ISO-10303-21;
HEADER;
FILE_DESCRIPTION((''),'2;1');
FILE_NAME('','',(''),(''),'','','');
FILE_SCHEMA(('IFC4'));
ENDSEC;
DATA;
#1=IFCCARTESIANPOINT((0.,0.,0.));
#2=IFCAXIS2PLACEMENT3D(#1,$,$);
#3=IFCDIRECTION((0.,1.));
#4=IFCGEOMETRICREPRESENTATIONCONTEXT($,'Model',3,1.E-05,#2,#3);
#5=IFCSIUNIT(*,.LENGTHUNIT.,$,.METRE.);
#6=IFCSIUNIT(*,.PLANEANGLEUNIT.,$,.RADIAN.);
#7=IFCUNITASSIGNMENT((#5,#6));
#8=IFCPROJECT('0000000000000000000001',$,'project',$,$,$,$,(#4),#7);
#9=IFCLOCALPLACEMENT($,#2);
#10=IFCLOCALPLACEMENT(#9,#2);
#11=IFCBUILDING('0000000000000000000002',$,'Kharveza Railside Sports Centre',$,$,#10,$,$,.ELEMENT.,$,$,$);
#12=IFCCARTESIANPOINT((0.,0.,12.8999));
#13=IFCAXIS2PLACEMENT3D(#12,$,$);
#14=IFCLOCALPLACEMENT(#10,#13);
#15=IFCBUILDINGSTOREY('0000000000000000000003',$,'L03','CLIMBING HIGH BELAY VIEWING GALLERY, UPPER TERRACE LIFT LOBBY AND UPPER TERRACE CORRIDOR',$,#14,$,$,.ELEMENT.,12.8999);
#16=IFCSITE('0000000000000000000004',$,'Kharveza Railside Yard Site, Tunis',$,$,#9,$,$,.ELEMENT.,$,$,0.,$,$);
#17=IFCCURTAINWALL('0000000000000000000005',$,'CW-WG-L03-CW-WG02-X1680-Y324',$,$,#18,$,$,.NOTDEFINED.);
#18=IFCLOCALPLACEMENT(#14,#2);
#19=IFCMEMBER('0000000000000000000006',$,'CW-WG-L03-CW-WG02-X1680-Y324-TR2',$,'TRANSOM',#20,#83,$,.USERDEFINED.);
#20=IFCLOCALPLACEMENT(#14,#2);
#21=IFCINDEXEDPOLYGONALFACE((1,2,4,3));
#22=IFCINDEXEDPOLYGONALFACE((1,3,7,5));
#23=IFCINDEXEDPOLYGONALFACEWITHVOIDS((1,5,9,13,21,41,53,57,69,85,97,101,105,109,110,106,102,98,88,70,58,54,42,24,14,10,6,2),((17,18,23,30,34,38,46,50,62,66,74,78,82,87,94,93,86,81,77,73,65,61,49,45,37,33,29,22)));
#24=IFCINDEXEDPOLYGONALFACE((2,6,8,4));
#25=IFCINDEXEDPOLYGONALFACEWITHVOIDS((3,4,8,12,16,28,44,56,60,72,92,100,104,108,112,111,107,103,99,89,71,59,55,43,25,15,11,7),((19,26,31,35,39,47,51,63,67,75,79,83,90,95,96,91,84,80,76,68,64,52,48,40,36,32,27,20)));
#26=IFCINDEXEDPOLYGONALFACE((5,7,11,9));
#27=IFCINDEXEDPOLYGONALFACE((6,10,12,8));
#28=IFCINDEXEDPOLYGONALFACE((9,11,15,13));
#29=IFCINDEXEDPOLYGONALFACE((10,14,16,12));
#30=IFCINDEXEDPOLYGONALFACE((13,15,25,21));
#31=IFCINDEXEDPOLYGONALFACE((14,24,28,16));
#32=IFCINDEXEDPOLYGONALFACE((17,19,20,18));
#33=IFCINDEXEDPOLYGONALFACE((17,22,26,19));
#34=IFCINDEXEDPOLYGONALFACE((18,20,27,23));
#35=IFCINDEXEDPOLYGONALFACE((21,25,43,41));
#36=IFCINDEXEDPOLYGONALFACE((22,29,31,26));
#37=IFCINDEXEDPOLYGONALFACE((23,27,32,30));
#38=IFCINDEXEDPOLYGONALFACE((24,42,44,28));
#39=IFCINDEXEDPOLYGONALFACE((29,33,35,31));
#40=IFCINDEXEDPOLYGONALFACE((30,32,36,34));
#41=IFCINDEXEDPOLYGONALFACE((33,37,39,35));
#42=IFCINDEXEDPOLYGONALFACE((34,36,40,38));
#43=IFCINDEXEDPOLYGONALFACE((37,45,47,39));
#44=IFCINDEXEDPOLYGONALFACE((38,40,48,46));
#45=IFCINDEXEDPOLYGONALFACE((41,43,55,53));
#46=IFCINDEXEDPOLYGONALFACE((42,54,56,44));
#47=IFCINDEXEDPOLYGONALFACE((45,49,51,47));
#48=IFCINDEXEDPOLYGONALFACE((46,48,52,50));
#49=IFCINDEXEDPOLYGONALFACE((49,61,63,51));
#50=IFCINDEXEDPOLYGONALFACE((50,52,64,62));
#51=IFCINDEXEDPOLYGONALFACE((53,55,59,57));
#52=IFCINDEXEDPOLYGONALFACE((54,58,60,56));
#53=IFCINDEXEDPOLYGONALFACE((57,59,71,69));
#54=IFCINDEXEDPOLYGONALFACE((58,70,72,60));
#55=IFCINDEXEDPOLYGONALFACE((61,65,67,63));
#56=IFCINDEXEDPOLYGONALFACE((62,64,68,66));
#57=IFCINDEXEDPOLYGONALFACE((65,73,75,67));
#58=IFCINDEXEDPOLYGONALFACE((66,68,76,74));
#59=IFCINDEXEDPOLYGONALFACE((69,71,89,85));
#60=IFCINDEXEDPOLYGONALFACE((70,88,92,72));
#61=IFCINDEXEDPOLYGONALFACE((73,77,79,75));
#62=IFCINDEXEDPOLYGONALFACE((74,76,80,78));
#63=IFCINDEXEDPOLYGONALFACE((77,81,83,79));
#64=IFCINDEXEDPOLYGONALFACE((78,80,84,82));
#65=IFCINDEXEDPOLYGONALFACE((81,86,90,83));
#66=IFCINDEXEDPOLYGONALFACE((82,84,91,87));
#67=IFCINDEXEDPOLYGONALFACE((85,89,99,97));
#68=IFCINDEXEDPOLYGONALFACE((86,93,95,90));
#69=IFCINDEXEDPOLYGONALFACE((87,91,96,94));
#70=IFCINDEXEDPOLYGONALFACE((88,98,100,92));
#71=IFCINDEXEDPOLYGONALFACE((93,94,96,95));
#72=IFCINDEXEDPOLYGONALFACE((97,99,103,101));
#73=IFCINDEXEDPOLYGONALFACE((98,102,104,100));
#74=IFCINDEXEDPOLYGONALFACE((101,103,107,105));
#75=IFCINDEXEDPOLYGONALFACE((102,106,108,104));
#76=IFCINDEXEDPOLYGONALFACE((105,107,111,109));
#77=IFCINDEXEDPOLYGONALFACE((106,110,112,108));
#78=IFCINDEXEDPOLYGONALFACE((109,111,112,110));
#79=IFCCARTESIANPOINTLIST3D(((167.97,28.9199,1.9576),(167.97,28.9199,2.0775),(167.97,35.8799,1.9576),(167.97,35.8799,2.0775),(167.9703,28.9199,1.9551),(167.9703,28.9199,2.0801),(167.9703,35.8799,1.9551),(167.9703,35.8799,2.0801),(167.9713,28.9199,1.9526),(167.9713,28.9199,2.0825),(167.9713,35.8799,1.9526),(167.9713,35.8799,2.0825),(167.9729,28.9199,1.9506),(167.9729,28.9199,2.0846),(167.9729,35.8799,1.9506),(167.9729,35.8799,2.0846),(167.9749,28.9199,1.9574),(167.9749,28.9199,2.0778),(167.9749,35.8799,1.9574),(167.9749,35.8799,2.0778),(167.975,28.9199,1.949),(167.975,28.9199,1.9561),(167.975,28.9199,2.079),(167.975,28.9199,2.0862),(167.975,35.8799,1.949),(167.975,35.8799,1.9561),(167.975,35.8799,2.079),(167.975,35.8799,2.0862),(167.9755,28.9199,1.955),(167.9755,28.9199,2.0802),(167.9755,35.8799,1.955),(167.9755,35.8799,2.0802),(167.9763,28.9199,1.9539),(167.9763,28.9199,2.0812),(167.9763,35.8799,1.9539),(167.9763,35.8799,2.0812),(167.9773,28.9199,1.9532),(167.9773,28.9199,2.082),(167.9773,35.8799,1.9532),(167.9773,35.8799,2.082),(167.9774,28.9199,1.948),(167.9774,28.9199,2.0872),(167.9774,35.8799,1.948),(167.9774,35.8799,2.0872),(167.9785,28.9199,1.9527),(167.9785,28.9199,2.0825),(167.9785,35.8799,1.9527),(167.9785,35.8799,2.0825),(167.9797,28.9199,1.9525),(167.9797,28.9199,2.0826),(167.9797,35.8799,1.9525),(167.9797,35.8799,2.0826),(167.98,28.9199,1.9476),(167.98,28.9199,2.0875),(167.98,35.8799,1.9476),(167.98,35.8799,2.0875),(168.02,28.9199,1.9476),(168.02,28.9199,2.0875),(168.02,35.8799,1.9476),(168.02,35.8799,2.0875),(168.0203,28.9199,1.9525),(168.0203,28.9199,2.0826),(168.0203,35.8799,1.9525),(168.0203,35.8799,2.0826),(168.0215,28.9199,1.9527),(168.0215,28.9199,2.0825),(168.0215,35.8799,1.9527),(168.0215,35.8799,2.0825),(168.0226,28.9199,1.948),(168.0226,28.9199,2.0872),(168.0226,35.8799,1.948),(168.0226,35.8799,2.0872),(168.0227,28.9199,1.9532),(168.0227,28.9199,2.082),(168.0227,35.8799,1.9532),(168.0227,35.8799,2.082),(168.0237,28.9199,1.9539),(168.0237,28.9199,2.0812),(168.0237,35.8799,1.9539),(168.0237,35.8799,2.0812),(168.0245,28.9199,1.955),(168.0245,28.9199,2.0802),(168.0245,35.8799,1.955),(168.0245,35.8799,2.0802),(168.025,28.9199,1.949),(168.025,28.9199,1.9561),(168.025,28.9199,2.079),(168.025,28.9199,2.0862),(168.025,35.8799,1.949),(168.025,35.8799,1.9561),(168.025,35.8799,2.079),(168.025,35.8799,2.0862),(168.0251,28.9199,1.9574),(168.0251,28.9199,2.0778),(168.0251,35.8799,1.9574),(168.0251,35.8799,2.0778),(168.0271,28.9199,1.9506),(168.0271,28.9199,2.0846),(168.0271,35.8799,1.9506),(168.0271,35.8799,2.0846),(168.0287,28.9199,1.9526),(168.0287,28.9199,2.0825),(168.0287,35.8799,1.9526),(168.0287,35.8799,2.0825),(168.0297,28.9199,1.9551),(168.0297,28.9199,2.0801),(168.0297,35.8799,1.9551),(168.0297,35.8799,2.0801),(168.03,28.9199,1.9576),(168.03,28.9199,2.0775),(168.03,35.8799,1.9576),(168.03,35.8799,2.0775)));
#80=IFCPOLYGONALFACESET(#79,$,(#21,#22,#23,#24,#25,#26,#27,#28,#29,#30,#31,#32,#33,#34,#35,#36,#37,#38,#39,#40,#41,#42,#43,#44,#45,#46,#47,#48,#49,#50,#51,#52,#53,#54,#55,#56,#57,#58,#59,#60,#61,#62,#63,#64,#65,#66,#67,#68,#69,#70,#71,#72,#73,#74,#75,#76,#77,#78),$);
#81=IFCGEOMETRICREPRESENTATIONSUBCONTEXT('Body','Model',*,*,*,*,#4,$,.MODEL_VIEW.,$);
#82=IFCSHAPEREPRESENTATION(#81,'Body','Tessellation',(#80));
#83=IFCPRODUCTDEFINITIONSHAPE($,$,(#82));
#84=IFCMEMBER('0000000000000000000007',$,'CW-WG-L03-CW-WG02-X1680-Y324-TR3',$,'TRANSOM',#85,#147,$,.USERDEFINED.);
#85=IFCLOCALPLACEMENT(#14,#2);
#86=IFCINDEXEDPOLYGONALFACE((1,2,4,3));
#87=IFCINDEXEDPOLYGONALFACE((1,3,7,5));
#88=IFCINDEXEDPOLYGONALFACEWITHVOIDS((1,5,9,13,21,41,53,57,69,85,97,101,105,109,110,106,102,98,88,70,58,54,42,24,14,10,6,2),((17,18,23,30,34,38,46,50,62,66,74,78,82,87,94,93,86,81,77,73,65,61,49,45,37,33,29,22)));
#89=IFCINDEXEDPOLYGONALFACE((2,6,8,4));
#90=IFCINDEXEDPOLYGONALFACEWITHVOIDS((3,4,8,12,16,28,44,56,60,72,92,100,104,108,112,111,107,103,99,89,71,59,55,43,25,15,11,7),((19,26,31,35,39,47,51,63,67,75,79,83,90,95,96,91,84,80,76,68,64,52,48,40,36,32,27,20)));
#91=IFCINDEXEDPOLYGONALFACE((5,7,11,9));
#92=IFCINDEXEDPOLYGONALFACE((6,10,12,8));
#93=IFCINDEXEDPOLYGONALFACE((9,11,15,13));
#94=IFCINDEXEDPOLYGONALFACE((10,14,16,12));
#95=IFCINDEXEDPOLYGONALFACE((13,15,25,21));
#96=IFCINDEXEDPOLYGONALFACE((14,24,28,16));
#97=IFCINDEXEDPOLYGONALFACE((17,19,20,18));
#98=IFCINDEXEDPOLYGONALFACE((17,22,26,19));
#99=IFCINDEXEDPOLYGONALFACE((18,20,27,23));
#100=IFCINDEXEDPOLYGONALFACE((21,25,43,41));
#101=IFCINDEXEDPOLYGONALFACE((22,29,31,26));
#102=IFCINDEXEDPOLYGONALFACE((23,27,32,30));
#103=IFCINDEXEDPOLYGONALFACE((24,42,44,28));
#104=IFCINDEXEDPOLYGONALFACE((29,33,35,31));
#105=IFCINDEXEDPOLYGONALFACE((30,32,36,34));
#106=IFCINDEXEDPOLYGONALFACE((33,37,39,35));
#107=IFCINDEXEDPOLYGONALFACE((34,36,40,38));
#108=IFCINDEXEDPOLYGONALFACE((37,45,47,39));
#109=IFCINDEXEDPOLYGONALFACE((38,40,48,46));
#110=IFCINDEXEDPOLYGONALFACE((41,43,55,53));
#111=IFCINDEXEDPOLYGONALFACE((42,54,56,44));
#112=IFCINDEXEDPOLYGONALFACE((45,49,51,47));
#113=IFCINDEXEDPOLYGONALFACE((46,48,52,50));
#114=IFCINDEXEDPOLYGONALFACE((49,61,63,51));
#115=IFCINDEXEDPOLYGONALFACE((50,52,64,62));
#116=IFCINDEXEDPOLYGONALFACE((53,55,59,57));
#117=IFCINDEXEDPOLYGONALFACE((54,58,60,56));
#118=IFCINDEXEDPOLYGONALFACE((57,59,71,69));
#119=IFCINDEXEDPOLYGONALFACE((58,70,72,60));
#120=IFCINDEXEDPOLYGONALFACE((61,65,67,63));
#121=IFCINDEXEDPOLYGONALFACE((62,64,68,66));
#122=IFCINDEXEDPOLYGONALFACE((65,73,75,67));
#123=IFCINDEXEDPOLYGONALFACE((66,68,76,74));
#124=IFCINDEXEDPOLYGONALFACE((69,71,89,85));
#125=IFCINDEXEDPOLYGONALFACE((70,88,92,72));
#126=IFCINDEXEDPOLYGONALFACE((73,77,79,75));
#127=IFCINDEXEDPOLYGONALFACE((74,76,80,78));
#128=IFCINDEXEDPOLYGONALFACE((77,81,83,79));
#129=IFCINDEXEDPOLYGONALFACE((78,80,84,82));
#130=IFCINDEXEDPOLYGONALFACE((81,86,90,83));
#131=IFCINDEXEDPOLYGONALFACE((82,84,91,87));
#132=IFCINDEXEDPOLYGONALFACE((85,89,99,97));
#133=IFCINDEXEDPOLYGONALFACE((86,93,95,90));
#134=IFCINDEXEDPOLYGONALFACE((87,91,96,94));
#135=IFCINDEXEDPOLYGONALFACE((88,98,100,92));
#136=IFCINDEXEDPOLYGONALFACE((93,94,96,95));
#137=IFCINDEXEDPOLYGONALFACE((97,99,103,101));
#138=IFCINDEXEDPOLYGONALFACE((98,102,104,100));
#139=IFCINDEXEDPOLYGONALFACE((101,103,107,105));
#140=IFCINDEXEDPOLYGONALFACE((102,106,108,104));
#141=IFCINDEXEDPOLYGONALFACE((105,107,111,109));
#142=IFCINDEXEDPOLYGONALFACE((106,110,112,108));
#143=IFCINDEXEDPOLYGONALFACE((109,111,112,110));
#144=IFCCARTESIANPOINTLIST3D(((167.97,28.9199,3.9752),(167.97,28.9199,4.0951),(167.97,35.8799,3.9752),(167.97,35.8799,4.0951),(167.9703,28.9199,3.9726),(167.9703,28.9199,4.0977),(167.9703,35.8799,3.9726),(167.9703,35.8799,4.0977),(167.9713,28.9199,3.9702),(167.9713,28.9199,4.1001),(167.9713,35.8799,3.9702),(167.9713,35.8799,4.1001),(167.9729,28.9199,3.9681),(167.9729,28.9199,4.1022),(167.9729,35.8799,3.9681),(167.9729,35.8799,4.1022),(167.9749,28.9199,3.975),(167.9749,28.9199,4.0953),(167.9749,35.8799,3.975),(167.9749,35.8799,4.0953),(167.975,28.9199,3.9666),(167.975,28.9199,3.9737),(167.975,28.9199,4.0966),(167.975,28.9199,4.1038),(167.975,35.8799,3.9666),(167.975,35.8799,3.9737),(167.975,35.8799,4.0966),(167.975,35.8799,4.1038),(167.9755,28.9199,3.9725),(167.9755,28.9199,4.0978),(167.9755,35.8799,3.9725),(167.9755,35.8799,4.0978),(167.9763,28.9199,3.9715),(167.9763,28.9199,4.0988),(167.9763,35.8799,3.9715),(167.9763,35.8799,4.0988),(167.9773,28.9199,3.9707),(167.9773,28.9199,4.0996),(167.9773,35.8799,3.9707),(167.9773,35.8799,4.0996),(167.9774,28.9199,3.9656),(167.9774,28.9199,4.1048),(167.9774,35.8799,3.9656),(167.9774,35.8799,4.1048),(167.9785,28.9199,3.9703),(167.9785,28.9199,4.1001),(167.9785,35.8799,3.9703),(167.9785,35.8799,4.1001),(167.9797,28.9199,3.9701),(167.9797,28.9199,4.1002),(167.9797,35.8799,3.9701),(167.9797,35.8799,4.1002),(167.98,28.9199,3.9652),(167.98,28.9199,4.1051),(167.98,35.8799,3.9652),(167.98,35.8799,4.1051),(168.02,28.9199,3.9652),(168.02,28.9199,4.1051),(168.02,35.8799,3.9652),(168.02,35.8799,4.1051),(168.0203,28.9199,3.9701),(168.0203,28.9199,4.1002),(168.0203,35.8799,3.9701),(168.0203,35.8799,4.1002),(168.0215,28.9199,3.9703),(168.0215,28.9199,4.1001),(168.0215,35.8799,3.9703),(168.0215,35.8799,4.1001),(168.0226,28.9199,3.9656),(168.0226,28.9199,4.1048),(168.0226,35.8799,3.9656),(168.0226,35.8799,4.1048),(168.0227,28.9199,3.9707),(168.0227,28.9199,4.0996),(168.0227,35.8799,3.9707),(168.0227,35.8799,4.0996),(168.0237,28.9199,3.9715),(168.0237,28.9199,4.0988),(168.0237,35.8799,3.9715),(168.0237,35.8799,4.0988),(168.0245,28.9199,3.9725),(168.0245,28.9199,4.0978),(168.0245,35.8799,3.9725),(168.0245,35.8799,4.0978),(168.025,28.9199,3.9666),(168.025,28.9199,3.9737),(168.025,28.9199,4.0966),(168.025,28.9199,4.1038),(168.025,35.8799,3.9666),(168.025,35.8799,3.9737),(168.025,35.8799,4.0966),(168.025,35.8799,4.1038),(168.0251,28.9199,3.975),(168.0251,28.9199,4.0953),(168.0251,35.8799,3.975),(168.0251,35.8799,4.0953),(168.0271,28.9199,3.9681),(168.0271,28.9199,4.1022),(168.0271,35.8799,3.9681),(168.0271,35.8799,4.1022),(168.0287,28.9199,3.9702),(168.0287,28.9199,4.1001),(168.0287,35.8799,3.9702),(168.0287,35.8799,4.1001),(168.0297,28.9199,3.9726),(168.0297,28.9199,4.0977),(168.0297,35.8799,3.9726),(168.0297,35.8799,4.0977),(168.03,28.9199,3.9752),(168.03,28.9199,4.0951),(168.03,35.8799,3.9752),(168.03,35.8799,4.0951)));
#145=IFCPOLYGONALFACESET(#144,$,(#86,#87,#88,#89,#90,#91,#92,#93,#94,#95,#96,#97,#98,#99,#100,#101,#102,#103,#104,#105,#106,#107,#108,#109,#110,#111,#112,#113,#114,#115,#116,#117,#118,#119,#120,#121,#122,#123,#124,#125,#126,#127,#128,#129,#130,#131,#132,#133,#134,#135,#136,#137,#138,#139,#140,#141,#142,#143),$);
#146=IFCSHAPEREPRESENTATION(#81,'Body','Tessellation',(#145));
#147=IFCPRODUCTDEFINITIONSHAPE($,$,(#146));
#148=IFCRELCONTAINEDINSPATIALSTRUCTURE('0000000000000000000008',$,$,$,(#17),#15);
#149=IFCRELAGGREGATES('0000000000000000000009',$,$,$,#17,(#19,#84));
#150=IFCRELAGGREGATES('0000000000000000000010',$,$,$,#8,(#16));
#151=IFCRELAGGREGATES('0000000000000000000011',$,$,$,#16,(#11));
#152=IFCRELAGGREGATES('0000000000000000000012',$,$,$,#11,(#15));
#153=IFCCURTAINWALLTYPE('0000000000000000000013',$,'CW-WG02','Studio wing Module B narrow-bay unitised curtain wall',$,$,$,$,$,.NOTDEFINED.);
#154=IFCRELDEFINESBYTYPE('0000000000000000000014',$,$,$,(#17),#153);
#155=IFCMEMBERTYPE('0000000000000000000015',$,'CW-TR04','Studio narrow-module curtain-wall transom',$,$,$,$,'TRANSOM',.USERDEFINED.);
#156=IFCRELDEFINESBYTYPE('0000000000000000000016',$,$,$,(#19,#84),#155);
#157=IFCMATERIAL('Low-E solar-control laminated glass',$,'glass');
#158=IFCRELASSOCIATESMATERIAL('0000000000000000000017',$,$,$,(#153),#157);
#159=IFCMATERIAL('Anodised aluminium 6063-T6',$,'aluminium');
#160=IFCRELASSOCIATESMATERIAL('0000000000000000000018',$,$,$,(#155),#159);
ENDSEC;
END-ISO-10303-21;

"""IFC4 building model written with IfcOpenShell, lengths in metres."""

from ifc_helpers import new_model, si_unit, direction, frame, origin, origin_2d, place, context, subcontext, project, spatial, hollow_rectangle, extrude, material, material_profile, profile_set, type_object, element, aggregate, save


model = new_model("IFC4")

# Units and contexts
model_context = context("Model", 3, precision=1e-05, world=origin(), true_north=direction((0.0, 1.0)))
body_context = subcontext(model_context, "Body", "Model", "MODEL_VIEW")
ifc_project = project(units=[si_unit("LENGTHUNIT", "METRE"), si_unit("PLANEANGLEUNIT", "RADIAN")], contexts=[model_context])

# Site, building, storey
site_placement = place(None, origin())
site = spatial("IfcSite", under=ifc_project, at=site_placement, Name="Kharveza Railside Yard Site, Tunis", CompositionType="ELEMENT", RefElevation=0.0)
building_placement = place(site_placement, origin())
building = spatial("IfcBuilding", under=site, at=building_placement, Name="Kharveza Railside Sports Centre", CompositionType="ELEMENT")
storey_placement = place(building_placement, frame((0.0, 0.0, 12.8999)))
storey = spatial("IfcBuildingStorey", under=building, at=storey_placement, Name="L03", Description="CLIMBING HIGH BELAY VIEWING GALLERY, UPPER TERRACE LIFT LOBBY AND UPPER TERRACE CORRIDOR", CompositionType="ELEMENT", Elevation=12.8999)

# Curtain wall, members
ifc_material_1 = material(Name="Low-E solar-control laminated glass", Category="glass")
curtain_wall_type = type_object("IfcCurtainWallType", Name="CW-WG02", Description="Studio wing Module B narrow-bay unitised curtain wall", PredefinedType="NOTDEFINED", material=ifc_material_1)
curtain_wall_placement = place(storey_placement, origin())
curtain_wall = element("IfcCurtainWall", 1, at=curtain_wall_placement, inside=storey, type_object=curtain_wall_type, Name="CW-WG-L03-CW-WG02-X1680-Y324", PredefinedType="NOTDEFINED")
ifc_material_2 = material(Name="Anodised aluminium 6063-T6", Category="aluminium")
ifc_material_profile_1 = material_profile(ifc_material_2, hollow_rectangle(XDim=0.0601, YDim=0.1399, WallThickness=0.0049, InnerFilletRadius=0.0049, OuterFilletRadius=0.01, at=origin_2d()), Name="RHS 60x140x5.0")
ifc_profile_set_1 = profile_set([ifc_material_profile_1], Name="Anodised aluminium 6063-T6")
member_type_1 = type_object("IfcMemberType", Name="CW-TR04", Description="Studio narrow-module curtain-wall transom", ElementType="TRANSOM", PredefinedType="USERDEFINED", material=ifc_profile_set_1)
member_1_placement = place(storey_placement, frame((168.0, 28.9199, 2.0176), z_axis=(0.0, 1.0, 0.0), x_axis=(-1.0, 0.0, 0.0)))
member_1 = element("IfcMember", 2, at=member_1_placement, type_object=member_type_1, Name="CW-WG-L03-CW-WG02-X1680-Y324-TR2", ObjectType="TRANSOM", PredefinedType="USERDEFINED", context=body_context, shape_type="SweptSolid", body=[
    extrude(hollow_rectangle(XDim=0.0601, YDim=0.1399, WallThickness=0.0049, InnerFilletRadius=0.0049, OuterFilletRadius=0.01, at=origin_2d()), origin(), (0.0, 0.0, 1.0), 6.96),
])
member_2_placement = place(storey_placement, frame((168.0, 28.9199, 4.0352), z_axis=(0.0, 1.0, 0.0), x_axis=(-1.0, 0.0, 0.0)))
member_2 = element("IfcMember", 3, at=member_2_placement, type_object=member_type_1, Name="CW-WG-L03-CW-WG02-X1680-Y324-TR3", ObjectType="TRANSOM", PredefinedType="USERDEFINED", context=body_context, shape_type="SweptSolid", body=[
    extrude(hollow_rectangle(XDim=0.0601, YDim=0.1399, WallThickness=0.0049, InnerFilletRadius=0.0049, OuterFilletRadius=0.01, at=origin_2d()), origin(), (0.0, 0.0, 1.0), 6.96),
])

aggregate(curtain_wall, [member_1, member_2])

save(model, "model.ifc")
